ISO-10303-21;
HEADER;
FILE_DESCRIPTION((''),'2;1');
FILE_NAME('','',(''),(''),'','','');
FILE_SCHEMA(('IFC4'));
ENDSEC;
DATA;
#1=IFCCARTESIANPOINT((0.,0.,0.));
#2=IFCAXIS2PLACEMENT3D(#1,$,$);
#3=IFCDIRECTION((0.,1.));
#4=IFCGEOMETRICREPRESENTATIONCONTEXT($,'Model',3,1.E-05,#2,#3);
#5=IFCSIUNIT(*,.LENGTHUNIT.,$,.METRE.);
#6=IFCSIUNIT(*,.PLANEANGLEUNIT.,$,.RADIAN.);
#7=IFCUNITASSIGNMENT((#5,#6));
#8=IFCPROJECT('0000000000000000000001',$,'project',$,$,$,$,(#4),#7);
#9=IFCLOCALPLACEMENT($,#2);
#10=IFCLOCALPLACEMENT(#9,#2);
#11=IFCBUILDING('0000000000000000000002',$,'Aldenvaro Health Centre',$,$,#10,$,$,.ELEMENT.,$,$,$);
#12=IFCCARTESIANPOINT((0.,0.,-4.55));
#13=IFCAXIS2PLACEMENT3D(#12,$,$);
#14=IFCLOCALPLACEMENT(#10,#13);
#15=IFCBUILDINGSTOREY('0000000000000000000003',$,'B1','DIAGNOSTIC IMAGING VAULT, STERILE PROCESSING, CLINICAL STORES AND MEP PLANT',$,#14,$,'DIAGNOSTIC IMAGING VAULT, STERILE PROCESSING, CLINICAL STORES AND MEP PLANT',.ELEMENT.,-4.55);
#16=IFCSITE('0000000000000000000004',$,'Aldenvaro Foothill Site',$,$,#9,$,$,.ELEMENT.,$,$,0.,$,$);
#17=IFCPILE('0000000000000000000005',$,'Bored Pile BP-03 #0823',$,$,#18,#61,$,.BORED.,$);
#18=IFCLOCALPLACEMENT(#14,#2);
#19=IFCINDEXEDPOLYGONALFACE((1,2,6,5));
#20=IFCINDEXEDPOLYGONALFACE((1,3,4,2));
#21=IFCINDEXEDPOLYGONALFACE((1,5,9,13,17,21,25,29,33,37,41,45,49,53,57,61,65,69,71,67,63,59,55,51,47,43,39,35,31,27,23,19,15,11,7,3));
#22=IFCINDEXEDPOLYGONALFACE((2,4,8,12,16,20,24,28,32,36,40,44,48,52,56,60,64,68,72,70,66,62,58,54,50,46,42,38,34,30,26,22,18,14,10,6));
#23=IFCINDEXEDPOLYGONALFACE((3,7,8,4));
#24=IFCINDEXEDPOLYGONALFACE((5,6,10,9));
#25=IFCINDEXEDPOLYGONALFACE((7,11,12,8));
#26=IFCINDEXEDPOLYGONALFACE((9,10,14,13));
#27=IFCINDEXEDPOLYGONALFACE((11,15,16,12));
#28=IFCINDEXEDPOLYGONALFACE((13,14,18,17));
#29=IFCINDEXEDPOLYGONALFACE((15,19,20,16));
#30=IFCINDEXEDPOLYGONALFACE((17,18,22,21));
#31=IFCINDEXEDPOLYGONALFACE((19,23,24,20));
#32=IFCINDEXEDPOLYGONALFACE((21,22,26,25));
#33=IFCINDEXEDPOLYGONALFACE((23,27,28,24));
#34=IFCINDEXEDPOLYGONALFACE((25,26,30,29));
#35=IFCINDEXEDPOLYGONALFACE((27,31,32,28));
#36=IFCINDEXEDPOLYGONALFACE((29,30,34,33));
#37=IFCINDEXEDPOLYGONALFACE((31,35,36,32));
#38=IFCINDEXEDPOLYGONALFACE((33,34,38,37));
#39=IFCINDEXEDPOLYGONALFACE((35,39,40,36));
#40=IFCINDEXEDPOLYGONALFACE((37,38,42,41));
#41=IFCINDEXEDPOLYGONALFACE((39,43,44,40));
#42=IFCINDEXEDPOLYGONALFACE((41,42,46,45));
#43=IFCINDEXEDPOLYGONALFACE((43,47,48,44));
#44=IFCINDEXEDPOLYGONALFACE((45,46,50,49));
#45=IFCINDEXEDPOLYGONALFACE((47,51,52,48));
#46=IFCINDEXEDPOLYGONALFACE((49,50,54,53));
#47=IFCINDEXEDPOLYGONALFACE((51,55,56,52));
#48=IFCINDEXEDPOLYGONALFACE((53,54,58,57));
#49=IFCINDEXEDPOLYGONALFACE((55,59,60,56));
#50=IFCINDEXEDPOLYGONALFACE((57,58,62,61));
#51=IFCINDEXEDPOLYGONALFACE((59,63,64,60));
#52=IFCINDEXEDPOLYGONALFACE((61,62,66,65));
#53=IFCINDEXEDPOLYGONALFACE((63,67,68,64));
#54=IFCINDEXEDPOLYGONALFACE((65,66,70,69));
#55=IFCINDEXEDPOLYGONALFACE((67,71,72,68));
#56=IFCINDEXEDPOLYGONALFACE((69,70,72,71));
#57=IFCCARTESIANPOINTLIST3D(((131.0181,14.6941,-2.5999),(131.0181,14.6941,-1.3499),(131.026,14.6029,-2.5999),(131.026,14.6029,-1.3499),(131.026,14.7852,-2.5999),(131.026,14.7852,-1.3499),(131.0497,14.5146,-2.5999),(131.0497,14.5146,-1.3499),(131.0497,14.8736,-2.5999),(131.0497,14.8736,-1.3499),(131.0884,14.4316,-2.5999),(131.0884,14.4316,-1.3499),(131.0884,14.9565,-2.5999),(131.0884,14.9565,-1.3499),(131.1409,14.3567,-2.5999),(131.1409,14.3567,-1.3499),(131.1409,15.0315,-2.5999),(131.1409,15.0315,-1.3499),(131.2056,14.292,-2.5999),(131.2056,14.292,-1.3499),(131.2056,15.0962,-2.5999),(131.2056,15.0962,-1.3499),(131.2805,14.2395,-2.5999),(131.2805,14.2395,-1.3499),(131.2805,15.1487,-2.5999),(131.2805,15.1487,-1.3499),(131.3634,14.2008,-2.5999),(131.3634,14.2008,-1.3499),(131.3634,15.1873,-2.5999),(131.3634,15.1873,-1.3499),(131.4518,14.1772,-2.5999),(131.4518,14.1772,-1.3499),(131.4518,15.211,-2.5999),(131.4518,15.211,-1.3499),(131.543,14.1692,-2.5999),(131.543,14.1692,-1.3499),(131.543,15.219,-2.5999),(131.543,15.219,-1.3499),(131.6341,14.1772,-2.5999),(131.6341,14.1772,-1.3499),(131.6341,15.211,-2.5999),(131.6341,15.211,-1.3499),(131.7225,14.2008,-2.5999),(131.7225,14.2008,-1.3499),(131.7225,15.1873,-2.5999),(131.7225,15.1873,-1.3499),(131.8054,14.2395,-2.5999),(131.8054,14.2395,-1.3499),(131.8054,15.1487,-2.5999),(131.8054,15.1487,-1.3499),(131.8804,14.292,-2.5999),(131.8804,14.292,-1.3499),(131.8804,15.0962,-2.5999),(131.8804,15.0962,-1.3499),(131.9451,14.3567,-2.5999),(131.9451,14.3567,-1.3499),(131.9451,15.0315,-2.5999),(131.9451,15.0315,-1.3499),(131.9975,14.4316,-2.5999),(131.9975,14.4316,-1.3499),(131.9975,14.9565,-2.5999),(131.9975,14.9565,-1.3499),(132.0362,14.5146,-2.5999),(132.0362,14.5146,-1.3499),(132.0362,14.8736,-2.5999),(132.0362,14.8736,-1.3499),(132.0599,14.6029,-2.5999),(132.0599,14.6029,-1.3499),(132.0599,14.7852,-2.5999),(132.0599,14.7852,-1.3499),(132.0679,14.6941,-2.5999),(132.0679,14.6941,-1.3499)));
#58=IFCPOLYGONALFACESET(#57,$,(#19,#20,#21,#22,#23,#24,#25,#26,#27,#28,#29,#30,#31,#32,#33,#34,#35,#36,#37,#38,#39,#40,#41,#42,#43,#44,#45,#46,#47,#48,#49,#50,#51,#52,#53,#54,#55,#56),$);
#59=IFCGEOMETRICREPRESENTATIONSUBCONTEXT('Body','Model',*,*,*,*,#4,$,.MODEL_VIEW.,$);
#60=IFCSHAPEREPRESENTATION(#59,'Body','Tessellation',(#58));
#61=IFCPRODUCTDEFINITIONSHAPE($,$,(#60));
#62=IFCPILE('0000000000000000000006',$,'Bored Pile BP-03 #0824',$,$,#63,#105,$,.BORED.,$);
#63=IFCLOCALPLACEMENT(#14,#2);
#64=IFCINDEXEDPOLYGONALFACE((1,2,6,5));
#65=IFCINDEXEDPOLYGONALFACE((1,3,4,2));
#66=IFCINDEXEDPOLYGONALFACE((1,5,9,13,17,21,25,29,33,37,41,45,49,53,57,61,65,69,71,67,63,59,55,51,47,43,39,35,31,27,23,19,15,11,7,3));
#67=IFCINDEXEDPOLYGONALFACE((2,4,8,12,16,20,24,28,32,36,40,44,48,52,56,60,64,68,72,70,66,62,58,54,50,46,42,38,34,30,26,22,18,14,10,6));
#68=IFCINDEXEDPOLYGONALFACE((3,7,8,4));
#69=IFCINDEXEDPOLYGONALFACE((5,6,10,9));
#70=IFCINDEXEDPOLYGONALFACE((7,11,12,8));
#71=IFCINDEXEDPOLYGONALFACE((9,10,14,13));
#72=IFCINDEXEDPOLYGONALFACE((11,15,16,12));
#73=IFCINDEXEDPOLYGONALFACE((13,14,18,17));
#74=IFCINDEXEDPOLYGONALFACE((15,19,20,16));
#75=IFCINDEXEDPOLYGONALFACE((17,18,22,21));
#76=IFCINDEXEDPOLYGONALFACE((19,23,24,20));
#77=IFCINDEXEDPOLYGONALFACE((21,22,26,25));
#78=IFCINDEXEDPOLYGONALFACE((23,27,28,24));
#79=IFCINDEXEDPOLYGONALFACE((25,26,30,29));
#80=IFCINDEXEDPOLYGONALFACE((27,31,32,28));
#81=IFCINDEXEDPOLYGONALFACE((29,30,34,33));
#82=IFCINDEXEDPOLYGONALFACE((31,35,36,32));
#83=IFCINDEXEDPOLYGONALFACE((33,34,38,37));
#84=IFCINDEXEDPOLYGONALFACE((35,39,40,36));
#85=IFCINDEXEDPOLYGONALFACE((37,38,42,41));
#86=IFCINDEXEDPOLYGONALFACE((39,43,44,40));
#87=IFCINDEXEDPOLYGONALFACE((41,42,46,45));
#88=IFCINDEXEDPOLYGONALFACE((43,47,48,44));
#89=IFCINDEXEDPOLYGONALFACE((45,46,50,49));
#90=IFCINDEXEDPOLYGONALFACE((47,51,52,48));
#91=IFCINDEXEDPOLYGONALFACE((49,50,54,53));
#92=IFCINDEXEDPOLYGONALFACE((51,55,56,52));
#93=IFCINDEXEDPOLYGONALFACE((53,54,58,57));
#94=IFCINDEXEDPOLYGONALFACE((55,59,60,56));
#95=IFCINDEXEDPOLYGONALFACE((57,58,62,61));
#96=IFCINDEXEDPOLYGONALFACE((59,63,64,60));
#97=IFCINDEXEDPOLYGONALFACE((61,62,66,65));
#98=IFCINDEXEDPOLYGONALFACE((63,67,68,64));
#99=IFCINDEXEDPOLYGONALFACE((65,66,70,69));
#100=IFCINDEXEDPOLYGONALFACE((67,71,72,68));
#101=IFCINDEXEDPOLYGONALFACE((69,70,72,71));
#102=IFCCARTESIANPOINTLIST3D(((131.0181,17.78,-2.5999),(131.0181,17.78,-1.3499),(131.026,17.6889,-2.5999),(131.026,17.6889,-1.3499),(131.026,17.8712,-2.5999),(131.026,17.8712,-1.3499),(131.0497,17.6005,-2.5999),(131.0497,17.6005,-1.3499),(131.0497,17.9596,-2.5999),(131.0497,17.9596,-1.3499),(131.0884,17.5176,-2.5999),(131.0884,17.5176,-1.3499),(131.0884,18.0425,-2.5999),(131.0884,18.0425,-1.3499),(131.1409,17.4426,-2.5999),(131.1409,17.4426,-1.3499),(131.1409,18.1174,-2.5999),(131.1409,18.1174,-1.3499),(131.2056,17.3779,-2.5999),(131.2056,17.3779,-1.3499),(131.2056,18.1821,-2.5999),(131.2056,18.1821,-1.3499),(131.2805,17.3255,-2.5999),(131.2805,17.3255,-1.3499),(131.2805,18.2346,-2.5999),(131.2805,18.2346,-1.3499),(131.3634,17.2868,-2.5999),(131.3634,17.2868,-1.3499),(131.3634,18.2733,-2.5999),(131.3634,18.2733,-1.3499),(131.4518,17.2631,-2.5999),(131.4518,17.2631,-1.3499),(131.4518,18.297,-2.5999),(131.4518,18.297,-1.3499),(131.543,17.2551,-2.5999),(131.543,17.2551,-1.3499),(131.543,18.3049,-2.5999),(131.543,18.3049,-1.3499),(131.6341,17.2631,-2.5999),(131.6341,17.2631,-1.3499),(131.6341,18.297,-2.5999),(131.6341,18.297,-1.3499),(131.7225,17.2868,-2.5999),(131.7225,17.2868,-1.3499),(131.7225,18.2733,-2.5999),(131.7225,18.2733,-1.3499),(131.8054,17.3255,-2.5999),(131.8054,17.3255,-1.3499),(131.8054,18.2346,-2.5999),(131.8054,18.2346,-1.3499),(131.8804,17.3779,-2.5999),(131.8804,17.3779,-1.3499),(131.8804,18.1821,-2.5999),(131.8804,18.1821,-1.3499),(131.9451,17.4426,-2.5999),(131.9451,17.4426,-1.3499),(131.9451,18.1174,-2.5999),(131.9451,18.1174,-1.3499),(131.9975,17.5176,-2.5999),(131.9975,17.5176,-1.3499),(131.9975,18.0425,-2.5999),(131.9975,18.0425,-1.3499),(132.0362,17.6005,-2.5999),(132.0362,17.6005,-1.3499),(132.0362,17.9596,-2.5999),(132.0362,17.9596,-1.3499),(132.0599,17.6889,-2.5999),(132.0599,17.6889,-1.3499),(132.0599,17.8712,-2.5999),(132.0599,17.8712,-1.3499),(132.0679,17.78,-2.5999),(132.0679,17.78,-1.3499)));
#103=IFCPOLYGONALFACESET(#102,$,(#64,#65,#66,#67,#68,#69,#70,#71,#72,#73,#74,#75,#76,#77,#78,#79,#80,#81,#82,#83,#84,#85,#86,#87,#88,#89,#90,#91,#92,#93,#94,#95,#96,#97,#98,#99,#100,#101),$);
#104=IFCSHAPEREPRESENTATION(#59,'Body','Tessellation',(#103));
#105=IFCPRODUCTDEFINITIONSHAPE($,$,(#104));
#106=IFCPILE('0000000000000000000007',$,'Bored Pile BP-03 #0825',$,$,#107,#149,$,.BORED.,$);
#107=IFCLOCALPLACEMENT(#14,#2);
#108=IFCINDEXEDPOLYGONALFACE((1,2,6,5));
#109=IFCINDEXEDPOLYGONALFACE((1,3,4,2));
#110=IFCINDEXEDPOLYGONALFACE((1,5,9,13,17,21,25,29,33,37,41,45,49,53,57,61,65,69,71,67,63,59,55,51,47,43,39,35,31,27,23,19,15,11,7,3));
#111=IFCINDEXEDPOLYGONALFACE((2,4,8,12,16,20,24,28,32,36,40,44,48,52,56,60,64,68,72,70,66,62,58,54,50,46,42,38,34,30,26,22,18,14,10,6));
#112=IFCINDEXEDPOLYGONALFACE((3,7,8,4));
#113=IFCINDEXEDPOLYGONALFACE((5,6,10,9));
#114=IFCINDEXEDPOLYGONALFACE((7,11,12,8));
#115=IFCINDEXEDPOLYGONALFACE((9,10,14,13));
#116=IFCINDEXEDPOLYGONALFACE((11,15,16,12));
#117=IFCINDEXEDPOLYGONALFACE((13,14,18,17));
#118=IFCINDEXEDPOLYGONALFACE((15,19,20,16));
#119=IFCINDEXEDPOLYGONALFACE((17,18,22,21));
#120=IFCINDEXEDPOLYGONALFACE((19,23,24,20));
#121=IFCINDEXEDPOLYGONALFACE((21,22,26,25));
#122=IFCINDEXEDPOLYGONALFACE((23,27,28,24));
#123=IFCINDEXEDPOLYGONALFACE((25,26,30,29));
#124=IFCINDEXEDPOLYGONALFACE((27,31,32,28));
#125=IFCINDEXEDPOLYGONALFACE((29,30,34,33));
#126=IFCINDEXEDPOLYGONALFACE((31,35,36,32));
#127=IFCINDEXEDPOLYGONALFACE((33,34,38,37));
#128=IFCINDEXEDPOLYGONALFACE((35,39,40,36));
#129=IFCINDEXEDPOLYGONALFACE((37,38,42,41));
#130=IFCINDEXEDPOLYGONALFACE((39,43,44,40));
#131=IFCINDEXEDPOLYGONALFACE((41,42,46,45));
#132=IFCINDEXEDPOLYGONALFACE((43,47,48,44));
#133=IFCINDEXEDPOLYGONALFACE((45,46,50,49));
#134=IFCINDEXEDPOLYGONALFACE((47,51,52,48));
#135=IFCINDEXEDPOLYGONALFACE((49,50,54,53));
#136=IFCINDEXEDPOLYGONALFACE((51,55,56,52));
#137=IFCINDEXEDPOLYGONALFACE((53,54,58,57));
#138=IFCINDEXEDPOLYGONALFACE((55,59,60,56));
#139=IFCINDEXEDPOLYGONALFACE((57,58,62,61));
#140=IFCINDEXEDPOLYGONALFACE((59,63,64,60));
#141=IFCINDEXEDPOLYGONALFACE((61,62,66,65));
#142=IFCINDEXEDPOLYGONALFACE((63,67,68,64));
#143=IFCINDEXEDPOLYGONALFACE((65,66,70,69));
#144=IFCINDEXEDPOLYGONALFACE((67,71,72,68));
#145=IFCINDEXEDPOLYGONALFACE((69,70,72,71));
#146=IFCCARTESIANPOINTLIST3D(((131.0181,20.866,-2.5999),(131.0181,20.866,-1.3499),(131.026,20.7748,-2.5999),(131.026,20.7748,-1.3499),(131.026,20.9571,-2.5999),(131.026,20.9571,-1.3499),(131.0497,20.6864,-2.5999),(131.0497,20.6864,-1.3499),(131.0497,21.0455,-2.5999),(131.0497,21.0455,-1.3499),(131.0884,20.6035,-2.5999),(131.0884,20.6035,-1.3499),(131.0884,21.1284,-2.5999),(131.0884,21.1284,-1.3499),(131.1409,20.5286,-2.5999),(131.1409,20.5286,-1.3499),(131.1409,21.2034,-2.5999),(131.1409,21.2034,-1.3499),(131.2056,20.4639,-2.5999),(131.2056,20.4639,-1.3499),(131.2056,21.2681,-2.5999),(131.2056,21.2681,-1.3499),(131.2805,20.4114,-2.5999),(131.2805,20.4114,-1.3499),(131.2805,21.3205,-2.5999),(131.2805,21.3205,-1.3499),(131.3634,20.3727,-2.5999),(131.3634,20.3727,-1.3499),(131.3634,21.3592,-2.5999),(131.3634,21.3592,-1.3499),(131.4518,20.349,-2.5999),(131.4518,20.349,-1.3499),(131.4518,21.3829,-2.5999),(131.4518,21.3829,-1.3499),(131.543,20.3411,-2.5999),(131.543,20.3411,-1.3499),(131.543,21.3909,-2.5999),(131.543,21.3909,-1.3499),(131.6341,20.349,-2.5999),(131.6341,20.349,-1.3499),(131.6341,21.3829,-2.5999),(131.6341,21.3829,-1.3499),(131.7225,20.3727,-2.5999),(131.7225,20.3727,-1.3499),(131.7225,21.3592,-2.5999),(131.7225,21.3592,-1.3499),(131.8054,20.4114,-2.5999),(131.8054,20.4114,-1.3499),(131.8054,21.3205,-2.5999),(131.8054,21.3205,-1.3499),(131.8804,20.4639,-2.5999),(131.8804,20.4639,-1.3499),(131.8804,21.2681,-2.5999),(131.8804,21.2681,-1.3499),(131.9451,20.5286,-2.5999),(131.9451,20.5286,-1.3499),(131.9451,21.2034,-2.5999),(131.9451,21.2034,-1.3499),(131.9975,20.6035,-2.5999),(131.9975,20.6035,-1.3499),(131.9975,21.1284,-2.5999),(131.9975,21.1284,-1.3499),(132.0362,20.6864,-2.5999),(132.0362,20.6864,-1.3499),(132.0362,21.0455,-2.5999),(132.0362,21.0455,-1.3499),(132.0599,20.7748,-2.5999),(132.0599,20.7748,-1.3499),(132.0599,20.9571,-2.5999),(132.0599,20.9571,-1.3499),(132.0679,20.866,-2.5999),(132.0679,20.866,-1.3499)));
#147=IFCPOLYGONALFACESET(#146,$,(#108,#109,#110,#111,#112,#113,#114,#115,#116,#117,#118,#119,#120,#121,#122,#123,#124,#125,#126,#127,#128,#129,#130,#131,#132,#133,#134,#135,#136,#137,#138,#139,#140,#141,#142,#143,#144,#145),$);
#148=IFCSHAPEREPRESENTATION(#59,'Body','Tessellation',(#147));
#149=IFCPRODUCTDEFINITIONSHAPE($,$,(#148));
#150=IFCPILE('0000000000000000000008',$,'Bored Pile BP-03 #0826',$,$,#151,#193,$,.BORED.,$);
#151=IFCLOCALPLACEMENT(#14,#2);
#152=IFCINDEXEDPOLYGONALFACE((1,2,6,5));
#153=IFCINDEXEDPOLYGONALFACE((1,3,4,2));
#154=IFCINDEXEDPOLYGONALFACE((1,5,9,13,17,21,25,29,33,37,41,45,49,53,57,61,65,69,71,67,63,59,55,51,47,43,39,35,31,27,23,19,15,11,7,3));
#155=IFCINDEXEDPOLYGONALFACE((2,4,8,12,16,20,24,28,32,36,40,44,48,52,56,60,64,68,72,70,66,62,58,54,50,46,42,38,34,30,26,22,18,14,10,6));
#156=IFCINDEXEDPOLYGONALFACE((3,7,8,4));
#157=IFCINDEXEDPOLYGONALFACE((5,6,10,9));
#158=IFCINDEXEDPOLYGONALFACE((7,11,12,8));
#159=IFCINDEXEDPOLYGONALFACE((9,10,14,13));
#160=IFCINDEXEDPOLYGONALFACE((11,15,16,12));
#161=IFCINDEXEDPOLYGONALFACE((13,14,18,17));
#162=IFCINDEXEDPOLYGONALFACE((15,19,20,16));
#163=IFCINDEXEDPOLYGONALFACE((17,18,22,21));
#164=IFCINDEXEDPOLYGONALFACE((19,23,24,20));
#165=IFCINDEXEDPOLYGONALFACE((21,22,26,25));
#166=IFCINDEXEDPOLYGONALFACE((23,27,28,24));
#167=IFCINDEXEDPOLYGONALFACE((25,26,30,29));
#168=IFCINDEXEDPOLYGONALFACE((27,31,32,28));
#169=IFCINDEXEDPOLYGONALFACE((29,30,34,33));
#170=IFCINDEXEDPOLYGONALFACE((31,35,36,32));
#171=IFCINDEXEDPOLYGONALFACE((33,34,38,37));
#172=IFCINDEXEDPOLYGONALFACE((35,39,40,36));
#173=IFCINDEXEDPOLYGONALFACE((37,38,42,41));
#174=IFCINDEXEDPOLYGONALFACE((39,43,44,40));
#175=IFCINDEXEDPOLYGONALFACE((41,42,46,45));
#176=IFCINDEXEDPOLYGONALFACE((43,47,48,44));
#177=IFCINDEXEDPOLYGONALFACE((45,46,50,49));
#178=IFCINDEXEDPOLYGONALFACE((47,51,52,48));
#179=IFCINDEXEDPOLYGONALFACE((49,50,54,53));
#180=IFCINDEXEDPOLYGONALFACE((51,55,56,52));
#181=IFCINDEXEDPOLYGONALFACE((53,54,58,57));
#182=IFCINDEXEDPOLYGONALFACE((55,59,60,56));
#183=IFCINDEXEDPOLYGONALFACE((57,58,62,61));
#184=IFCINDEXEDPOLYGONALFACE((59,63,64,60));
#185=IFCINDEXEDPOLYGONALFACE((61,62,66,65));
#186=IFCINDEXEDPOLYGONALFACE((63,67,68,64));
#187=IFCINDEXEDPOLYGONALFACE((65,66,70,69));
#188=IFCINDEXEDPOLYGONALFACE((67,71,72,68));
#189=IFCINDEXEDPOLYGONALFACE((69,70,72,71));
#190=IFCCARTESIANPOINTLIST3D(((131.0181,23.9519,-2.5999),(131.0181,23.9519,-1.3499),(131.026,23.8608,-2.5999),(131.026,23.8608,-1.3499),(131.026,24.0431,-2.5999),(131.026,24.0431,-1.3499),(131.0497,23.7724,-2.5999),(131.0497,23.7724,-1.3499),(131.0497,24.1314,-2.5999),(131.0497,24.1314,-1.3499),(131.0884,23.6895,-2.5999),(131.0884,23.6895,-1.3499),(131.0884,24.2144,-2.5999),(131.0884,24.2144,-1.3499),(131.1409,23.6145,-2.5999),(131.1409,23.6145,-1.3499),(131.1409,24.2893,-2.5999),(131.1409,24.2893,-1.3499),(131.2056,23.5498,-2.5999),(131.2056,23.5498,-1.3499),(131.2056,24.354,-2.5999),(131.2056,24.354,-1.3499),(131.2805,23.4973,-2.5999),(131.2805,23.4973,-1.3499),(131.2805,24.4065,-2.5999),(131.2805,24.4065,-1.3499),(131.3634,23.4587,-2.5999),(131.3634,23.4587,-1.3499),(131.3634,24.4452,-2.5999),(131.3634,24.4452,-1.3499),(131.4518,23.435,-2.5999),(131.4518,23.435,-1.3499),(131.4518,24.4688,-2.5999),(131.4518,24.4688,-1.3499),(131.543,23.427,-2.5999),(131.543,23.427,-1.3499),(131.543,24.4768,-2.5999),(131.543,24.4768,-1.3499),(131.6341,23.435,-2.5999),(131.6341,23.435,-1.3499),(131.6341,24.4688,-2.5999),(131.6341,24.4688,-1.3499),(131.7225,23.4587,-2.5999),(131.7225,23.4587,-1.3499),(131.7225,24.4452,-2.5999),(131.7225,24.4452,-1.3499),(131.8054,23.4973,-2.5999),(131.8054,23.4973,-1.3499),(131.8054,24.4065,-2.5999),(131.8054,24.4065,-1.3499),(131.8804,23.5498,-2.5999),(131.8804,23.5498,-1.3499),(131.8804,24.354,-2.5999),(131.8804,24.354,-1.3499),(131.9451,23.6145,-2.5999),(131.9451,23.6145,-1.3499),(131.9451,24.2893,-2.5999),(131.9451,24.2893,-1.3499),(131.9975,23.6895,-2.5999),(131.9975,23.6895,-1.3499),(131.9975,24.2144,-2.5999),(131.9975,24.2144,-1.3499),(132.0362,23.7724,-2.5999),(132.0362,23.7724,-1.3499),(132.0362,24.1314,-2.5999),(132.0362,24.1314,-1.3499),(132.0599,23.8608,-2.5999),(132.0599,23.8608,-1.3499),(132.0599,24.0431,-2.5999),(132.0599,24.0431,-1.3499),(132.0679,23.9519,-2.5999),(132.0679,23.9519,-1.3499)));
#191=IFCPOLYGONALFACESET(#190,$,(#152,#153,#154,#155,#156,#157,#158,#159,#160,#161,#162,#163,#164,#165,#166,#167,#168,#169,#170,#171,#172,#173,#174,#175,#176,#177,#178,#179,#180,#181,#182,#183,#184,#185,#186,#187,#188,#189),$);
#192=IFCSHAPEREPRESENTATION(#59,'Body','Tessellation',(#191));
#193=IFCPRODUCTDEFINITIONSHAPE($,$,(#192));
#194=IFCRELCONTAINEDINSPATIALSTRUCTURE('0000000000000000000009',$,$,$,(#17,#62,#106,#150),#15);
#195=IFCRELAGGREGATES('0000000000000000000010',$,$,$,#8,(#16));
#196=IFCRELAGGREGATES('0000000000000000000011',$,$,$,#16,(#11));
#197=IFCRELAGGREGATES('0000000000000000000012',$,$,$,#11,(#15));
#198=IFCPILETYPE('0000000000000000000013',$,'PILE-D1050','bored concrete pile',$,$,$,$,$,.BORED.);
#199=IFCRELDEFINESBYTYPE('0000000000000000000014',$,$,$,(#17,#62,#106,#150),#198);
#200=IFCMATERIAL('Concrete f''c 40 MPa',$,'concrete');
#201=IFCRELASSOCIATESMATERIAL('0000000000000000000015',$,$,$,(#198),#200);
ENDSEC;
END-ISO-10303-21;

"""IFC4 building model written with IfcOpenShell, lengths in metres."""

from ifc_helpers import new_model, si_unit, direction, frame, origin, origin_2d, place, context, subcontext, project, spatial, circle, extrude, material, material_profile, profile_set, type_object, element, save


model = new_model("IFC4")

# Units and contexts
model_context = context("Model", 3, precision=1e-05, world=origin(), true_north=direction((0.0, 1.0)))
body_context = subcontext(model_context, "Body", "Model", "MODEL_VIEW")
ifc_project = project(units=[si_unit("LENGTHUNIT", "METRE"), si_unit("PLANEANGLEUNIT", "RADIAN")], contexts=[model_context])

# Site, building, storey
site_placement = place(None, origin())
site = spatial("IfcSite", under=ifc_project, at=site_placement, Name="Aldenvaro Foothill Site", CompositionType="ELEMENT", RefElevation=0.0)
building_placement = place(site_placement, origin())
building = spatial("IfcBuilding", under=site, at=building_placement, Name="Aldenvaro Health Centre", CompositionType="ELEMENT")
storey_placement = place(building_placement, frame((0.0, 0.0, -4.55)))
storey = spatial("IfcBuildingStorey", under=building, at=storey_placement, Name="B1", Description="DIAGNOSTIC IMAGING VAULT, STERILE PROCESSING, CLINICAL STORES AND MEP PLANT", LongName="DIAGNOSTIC IMAGING VAULT, STERILE PROCESSING, CLINICAL STORES AND MEP PLANT", CompositionType="ELEMENT", Elevation=-4.55)

# Piles
ifc_material_1 = material(Name="Concrete f'c 40 MPa", Category="concrete")
ifc_material_profile_1 = material_profile(ifc_material_1, circle(Radius=0.5249, at=origin_2d()), Name="PILE D1050", Category="concrete")
ifc_profile_set_1 = profile_set([ifc_material_profile_1], Name="Concrete f'c 40 MPa")
pile_type_1 = type_object("IfcPileType", Name="PILE-D1050", Description="bored concrete pile", PredefinedType="BORED", material=ifc_profile_set_1)
for number, where, z_axis, x_axis, name in (
    (1, (131.543, 14.6941, -1.3499), (0.0, 0.0, -1.0), (1.0, 0.0, 0.0), "Bored Pile BP-03 #0823"),
    (2, (131.543, 17.78, -1.3499), (0.0, 0.0, -1.0), (1.0, 0.0, 0.0), "Bored Pile BP-03 #0824"),
    (3, (131.543, 20.866, -1.3499), (0.0, 0.0, -1.0), (1.0, 0.0, 0.0), "Bored Pile BP-03 #0825"),
    (4, (131.543, 23.9519, -1.3499), (0.0, 0.0, -1.0), (1.0, 0.0, 0.0), "Bored Pile BP-03 #0826"),
):
    element("IfcPile", number, at=place(storey_placement, frame(where, z_axis=z_axis, x_axis=x_axis)), inside=storey, type_object=pile_type_1, Name=name, PredefinedType="BORED", context=body_context, shape_type="SweptSolid", body=[
        extrude(circle(Radius=0.5249, at=origin_2d()), origin(), (0.0, 0.0, 1.0), 1.25),
    ])

save(model, "model.ifc")
